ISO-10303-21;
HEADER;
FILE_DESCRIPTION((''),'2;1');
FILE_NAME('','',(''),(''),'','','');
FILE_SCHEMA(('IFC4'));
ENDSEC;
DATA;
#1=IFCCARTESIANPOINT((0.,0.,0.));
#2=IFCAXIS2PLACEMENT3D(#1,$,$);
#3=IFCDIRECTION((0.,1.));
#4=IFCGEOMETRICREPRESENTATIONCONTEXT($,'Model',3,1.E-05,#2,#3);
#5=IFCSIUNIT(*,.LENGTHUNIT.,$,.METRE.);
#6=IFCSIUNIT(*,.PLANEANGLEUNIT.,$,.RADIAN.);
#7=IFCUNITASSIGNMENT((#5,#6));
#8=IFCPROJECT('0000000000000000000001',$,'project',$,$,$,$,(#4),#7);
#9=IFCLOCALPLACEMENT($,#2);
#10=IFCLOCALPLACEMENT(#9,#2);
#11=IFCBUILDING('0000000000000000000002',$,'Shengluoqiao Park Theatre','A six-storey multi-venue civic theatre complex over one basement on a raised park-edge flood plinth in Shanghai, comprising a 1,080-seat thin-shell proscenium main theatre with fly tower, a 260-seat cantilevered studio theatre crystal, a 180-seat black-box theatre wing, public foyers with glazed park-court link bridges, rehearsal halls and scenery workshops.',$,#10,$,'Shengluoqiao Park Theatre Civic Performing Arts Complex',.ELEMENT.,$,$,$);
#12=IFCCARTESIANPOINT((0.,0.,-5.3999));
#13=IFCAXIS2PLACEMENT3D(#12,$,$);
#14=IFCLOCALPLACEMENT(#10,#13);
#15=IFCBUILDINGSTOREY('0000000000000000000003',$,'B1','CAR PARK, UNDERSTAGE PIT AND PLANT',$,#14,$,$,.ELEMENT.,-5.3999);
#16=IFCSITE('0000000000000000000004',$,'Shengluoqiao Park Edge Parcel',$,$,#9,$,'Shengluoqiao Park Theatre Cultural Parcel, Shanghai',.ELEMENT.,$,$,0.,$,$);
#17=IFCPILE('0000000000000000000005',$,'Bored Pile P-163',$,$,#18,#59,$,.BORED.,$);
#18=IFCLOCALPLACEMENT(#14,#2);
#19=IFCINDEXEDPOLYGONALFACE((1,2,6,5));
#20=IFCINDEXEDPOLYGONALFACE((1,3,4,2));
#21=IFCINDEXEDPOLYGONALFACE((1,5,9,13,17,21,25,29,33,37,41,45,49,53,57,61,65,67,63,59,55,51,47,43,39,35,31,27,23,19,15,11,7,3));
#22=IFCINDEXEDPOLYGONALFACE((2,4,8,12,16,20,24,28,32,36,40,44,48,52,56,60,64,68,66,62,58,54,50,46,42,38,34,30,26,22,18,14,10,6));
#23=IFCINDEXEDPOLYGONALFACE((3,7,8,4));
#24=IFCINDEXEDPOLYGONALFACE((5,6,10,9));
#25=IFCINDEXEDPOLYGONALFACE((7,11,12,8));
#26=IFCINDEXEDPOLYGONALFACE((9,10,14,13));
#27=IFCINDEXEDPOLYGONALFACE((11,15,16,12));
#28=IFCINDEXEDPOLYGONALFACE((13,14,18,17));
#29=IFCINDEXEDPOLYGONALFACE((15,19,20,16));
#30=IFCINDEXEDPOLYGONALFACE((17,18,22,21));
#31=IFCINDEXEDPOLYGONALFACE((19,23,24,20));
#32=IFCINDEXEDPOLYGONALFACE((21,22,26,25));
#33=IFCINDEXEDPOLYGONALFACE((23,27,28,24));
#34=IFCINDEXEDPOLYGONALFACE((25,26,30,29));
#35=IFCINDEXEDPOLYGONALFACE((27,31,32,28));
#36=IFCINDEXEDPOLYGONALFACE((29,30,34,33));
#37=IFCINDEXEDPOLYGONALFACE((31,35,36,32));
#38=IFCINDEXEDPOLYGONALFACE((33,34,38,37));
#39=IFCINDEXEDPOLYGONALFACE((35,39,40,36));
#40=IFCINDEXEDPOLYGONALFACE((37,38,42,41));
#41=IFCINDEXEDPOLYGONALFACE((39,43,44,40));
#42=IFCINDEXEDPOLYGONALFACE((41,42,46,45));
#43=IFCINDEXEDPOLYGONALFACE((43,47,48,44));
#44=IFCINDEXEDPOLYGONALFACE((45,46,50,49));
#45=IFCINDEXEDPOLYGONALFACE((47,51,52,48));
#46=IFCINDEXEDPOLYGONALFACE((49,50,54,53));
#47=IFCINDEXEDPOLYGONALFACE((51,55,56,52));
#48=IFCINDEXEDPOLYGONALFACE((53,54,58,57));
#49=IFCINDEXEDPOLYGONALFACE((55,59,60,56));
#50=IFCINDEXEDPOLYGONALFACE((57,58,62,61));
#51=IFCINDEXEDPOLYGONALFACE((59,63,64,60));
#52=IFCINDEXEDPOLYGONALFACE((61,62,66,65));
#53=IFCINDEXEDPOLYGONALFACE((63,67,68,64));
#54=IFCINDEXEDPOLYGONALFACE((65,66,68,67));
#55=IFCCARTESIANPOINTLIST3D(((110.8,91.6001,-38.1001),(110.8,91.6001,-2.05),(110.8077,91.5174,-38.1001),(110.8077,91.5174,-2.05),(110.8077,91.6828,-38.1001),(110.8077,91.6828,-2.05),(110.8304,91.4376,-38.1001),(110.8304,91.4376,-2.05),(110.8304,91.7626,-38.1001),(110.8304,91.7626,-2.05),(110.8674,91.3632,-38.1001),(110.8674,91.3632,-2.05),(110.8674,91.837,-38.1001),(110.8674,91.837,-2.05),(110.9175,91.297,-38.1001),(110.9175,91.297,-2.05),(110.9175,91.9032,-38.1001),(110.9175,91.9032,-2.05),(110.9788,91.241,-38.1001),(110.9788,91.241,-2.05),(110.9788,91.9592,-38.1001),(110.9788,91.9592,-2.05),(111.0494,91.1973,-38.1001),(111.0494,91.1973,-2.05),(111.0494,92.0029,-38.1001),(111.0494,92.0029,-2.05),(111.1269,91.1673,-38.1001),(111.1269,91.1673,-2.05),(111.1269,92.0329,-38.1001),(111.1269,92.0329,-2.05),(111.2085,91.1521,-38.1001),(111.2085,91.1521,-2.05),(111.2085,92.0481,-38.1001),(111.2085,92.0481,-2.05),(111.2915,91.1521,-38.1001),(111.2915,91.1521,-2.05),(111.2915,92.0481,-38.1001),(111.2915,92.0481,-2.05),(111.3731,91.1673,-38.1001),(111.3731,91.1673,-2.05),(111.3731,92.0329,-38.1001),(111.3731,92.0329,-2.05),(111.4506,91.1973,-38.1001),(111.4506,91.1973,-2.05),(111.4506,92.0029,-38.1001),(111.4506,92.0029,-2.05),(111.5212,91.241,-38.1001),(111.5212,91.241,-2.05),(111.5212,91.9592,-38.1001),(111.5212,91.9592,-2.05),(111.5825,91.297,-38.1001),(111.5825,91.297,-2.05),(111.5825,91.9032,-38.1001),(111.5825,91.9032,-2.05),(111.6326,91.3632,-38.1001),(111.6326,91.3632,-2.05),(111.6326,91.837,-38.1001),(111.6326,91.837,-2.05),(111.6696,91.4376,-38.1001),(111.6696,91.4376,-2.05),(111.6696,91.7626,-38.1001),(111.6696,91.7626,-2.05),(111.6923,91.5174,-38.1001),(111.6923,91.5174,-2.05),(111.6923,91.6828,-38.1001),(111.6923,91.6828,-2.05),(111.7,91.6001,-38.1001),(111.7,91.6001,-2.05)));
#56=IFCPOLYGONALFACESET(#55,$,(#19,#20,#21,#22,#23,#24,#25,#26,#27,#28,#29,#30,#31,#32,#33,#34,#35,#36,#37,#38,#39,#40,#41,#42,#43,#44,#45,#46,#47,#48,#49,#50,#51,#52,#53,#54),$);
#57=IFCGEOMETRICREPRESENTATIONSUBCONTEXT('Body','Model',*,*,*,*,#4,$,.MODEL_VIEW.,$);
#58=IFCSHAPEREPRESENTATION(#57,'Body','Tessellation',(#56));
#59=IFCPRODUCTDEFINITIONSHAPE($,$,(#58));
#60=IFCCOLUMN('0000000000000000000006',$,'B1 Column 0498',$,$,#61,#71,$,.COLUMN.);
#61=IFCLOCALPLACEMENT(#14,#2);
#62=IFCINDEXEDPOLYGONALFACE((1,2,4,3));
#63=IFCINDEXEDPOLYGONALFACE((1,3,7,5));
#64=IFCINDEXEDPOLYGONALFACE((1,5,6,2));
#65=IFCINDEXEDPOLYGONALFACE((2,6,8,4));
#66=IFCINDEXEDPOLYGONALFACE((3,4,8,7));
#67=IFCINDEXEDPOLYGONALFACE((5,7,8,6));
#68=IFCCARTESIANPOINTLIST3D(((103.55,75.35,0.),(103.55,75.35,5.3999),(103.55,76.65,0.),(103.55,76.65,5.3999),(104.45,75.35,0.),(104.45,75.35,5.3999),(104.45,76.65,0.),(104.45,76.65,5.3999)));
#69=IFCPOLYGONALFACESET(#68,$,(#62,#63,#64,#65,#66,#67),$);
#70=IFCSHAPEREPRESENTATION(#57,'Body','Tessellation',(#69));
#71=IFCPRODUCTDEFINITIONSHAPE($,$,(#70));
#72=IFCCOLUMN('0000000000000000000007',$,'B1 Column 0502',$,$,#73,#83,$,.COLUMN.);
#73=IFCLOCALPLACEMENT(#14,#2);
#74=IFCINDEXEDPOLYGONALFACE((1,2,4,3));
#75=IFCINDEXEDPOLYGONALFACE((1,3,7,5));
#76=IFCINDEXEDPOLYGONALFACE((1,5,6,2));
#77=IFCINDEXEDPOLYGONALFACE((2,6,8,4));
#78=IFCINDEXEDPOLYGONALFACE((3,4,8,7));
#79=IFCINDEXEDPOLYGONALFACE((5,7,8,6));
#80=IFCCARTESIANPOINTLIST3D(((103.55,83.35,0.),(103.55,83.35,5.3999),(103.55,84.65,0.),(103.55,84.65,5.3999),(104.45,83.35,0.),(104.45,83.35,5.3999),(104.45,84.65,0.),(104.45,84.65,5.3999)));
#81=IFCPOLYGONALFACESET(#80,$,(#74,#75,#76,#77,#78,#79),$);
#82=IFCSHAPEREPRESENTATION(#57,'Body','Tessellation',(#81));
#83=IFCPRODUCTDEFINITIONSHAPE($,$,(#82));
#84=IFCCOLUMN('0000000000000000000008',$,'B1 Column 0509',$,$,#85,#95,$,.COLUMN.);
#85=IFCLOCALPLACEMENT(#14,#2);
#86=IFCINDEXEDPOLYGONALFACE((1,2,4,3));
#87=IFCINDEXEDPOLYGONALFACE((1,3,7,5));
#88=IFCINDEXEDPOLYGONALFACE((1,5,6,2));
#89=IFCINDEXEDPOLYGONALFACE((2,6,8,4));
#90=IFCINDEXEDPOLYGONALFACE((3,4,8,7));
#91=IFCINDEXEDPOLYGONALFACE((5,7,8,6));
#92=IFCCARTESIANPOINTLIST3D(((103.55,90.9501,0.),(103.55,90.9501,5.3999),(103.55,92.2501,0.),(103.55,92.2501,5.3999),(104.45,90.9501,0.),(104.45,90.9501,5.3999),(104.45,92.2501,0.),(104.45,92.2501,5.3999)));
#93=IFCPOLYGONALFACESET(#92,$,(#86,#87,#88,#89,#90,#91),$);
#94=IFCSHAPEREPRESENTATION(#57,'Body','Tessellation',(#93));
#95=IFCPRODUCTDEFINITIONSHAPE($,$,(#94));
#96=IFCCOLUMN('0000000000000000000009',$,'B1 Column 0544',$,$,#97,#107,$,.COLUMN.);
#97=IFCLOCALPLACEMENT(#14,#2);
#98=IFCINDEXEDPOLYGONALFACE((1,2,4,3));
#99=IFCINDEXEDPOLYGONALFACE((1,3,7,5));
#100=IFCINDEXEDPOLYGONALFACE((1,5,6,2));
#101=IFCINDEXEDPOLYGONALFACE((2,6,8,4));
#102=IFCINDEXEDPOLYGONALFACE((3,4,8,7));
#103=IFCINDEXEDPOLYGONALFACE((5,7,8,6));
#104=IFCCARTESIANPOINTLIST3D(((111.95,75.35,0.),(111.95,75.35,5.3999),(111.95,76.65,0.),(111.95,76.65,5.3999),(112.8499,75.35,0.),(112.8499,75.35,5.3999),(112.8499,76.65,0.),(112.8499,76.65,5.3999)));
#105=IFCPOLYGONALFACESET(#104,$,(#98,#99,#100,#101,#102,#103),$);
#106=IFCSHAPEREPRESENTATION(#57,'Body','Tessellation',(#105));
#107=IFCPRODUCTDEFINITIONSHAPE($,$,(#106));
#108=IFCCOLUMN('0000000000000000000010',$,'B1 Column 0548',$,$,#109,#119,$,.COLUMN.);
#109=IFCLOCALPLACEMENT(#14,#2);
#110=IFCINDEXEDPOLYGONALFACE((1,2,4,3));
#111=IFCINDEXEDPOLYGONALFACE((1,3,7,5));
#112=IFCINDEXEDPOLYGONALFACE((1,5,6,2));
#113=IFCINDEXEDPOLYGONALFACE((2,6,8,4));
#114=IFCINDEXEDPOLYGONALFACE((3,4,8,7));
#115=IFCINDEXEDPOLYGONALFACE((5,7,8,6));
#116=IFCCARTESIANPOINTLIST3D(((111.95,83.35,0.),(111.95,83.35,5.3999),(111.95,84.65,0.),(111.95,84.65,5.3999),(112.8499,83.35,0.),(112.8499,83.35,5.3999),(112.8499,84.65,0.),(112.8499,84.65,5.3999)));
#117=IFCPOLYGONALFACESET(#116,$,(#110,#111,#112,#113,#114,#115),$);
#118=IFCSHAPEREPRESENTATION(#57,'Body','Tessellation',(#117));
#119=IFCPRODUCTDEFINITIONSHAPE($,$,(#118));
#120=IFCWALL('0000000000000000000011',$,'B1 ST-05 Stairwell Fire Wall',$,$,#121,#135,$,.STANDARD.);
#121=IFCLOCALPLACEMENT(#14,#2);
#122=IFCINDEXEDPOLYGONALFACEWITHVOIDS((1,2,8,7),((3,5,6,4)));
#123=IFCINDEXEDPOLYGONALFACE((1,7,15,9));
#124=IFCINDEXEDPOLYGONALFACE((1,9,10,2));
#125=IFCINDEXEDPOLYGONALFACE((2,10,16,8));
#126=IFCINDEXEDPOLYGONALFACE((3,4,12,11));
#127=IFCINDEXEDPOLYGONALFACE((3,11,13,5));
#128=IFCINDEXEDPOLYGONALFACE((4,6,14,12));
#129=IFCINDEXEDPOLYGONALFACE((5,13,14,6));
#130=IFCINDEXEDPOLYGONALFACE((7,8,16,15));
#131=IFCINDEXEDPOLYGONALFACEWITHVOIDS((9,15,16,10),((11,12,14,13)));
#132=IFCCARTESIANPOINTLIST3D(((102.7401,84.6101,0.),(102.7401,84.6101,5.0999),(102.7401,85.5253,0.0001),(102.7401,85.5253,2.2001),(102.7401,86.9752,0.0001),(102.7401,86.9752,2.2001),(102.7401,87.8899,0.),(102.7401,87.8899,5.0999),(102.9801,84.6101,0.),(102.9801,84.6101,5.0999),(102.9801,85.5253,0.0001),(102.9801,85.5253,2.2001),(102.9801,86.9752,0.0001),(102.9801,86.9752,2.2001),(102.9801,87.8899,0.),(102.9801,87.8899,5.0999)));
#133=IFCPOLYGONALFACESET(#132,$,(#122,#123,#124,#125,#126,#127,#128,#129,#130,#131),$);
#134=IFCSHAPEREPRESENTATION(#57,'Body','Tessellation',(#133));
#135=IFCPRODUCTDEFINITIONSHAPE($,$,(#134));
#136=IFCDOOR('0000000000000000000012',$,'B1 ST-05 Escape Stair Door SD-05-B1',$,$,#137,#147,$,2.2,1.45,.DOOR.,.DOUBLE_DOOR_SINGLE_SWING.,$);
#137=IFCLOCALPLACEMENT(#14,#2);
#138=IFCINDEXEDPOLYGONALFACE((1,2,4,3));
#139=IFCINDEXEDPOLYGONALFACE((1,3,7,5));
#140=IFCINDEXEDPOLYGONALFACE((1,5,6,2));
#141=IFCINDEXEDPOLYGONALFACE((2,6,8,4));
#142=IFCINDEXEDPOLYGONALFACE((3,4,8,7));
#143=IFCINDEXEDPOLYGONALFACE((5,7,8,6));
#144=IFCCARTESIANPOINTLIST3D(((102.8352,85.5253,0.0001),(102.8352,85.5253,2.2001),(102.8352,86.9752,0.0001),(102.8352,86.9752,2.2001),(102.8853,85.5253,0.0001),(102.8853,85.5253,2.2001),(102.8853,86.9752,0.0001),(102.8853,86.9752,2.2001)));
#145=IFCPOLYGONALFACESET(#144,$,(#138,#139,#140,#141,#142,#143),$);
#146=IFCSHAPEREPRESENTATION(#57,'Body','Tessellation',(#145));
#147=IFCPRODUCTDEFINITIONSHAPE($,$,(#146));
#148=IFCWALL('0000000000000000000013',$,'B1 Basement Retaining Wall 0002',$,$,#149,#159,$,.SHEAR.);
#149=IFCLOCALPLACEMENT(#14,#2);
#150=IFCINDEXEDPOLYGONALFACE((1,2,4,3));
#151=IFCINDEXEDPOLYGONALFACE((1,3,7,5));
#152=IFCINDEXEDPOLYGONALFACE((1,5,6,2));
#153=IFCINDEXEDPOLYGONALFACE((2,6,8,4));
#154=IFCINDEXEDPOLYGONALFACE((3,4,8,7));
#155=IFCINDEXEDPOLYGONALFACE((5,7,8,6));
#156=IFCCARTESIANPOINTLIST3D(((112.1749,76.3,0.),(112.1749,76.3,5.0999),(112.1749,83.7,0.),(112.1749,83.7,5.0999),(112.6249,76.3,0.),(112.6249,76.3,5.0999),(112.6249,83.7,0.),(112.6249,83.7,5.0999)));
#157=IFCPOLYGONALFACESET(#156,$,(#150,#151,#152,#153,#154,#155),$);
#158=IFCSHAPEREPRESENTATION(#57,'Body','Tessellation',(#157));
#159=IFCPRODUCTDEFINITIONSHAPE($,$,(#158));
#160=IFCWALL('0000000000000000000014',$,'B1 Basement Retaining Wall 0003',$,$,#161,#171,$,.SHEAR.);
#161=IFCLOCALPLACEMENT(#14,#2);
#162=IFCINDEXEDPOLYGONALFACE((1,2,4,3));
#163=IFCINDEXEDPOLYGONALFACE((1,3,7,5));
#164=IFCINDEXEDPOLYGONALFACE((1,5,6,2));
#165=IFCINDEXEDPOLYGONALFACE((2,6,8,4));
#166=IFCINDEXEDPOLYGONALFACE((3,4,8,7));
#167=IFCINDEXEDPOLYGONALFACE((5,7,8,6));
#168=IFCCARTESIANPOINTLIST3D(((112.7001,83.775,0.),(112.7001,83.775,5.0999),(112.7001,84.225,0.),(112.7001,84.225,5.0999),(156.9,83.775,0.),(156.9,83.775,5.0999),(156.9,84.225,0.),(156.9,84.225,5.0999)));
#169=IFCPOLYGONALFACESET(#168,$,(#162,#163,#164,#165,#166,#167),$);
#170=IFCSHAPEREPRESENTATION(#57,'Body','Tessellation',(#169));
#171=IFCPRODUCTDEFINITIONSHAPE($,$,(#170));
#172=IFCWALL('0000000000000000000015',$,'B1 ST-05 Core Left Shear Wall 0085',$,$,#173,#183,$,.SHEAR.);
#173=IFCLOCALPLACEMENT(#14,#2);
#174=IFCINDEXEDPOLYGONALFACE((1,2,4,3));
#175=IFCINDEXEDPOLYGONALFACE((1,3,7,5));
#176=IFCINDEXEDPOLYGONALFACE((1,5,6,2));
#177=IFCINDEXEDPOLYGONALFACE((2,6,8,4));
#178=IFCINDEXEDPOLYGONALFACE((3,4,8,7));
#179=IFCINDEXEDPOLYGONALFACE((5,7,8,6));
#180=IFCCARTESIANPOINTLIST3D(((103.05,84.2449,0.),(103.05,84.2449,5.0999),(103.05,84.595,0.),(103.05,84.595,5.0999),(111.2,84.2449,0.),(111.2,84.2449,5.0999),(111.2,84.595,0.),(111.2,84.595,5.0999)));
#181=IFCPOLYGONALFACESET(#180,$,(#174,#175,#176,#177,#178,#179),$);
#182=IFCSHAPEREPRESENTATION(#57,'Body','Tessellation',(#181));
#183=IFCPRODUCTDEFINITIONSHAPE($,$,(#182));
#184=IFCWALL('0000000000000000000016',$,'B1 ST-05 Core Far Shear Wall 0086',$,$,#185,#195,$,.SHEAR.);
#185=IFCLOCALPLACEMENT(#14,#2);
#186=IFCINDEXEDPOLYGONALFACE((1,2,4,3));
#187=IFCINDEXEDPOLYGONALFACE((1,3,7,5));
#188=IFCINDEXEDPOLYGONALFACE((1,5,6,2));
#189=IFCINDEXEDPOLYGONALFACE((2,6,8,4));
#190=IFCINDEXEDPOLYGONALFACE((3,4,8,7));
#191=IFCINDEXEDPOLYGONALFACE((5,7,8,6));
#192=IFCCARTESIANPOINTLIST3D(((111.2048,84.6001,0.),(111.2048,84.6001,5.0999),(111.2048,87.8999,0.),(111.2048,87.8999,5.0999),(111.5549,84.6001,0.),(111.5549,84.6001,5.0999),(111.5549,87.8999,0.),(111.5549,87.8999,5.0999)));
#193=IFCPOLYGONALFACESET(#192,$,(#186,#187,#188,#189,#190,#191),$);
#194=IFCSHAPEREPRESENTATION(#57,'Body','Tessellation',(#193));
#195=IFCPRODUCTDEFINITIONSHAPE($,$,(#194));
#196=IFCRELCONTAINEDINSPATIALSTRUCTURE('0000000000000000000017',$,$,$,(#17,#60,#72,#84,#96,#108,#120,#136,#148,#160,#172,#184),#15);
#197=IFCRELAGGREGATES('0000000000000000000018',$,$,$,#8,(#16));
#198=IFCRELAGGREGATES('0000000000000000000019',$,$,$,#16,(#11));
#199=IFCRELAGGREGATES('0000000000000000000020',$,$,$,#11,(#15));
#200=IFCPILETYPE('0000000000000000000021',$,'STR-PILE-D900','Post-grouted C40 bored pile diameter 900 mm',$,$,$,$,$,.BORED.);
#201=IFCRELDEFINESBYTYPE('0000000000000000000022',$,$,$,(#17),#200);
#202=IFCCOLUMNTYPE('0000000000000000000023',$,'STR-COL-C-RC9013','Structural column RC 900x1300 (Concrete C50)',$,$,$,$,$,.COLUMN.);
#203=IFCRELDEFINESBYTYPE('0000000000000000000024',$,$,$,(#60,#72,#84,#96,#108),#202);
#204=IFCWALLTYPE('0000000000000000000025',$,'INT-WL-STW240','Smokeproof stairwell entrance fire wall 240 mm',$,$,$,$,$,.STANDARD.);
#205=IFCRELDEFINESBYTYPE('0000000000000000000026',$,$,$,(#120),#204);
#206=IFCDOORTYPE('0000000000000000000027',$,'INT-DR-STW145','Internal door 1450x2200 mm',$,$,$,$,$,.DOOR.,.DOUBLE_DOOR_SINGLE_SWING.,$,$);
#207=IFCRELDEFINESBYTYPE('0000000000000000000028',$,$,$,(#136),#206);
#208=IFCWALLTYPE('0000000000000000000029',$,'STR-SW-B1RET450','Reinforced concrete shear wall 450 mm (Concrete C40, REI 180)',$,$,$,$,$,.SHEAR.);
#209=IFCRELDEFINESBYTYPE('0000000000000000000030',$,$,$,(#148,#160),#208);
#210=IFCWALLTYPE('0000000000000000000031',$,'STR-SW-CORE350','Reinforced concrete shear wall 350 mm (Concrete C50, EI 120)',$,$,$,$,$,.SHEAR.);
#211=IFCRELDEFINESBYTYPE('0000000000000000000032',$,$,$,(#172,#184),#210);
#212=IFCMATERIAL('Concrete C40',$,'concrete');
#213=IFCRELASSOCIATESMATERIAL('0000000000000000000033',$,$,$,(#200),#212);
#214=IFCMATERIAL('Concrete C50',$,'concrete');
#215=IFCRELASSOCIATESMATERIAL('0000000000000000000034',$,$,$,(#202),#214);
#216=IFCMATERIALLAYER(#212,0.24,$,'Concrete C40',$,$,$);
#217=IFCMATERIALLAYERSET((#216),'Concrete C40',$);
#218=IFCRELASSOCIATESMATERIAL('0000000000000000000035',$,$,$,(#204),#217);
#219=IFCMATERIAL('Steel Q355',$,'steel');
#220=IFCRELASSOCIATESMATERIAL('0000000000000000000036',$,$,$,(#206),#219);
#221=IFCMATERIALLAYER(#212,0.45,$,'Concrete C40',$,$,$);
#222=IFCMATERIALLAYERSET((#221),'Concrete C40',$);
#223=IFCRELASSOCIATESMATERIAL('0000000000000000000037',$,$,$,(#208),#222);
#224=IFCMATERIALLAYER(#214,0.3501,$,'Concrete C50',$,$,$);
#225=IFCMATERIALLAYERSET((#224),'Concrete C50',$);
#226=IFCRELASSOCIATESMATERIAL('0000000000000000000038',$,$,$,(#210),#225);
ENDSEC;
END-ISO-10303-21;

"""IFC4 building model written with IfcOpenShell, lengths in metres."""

from ifc_helpers import new_model, si_unit, direction, frame, frame_2d, origin, origin_2d, place, context, subcontext, project, spatial, rectangle, circle, extrude, material, layer, layer_set, material_profile, profile_set, type_object, element, fill, save


model = new_model("IFC4")

# Units and contexts
model_context = context("Model", 3, precision=1e-05, world=origin(), true_north=direction((0.0, 1.0)))
body_context = subcontext(model_context, "Body", "Model", "MODEL_VIEW")
ifc_project = project(units=[si_unit("LENGTHUNIT", "METRE"), si_unit("PLANEANGLEUNIT", "RADIAN")], contexts=[model_context])

# Site, building, storey
site_placement = place(None, origin())
site = spatial("IfcSite", under=ifc_project, at=site_placement, Name="Shengluoqiao Park Edge Parcel", LongName="Shengluoqiao Park Theatre Cultural Parcel, Shanghai", CompositionType="ELEMENT", RefElevation=0.0)
building_placement = place(site_placement, origin())
building = spatial("IfcBuilding", under=site, at=building_placement, Name="Shengluoqiao Park Theatre", Description="A six-storey multi-venue civic theatre complex over one basement on a raised park-edge flood plinth in Shanghai, comprising a 1,080-seat thin-shell proscenium main theatre with fly tower, a 260-seat cantilevered studio theatre crystal, a 180-seat black-box theatre wing, public foyers with glazed park-court link bridges, rehearsal halls and scenery workshops.", LongName="Shengluoqiao Park Theatre Civic Performing Arts Complex", CompositionType="ELEMENT")
storey_placement = place(building_placement, frame((0.0, 0.0, -5.3999)))
storey = spatial("IfcBuildingStorey", under=building, at=storey_placement, Name="B1", Description="CAR PARK, UNDERSTAGE PIT AND PLANT", CompositionType="ELEMENT", Elevation=-5.3999)

# Shared definitions
ifc_material_1 = material(Name="Concrete C40", Category="concrete")

# Pile
ifc_material_profile_1 = material_profile(ifc_material_1, circle(Radius=0.45, at=origin_2d()), Name="BORED PILE D900")
ifc_profile_set_1 = profile_set([ifc_material_profile_1], Name="Concrete C40")
pile_type_1 = type_object("IfcPileType", Name="STR-PILE-D900", Description="Post-grouted C40 bored pile diameter 900 mm", PredefinedType="BORED", material=ifc_profile_set_1)
pile_placement = place(storey_placement, frame((111.25, 91.6001, -2.05), z_axis=(0.0, 0.0, -1.0), x_axis=(1.0, 0.0, 0.0)))
element("IfcPile", 1, at=pile_placement, inside=storey, type_object=pile_type_1, Name="Bored Pile P-163", PredefinedType="BORED", context=body_context, shape_type="SweptSolid", body=[
    extrude(circle(Radius=0.45, at=origin_2d()), origin(), (0.0, 0.0, 1.0), 36.05),
])

# Columns
ifc_material_2 = material(Name="Concrete C50", Category="concrete")
ifc_material_profile_2 = material_profile(ifc_material_2, rectangle(XDim=0.8999, YDim=1.3, at=origin_2d()), Name="RC 900x1300")
ifc_profile_set_2 = profile_set([ifc_material_profile_2], Name="Concrete C50")
column_type = type_object("IfcColumnType", Name="STR-COL-C-RC9013", Description="Structural column RC 900x1300 (Concrete C50)", PredefinedType="COLUMN", material=ifc_profile_set_2)
for number, where, z_axis, x_axis, name in (
    (2, (104.0, 76.0, 0.0), (0.0, 0.0, 1.0), (1.0, 0.0, 0.0), "B1 Column 0498"),
    (3, (104.0, 84.0, 0.0), (0.0, 0.0, 1.0), (1.0, 0.0, 0.0), "B1 Column 0502"),
    (4, (104.0, 91.6001, 0.0), (0.0, 0.0, 1.0), (1.0, 0.0, 0.0), "B1 Column 0509"),
    (5, (112.3999, 76.0, 0.0), (0.0, 0.0, 1.0), (1.0, 0.0, 0.0), "B1 Column 0544"),
    (6, (112.3999, 84.0, 0.0), (0.0, 0.0, 1.0), (1.0, 0.0, 0.0), "B1 Column 0548"),
):
    element("IfcColumn", number, at=place(storey_placement, frame(where, z_axis=z_axis, x_axis=x_axis)), inside=storey, type_object=column_type, Name=name, PredefinedType="COLUMN", context=body_context, shape_type="SweptSolid", body=[
        extrude(rectangle(XDim=0.8999, YDim=1.3, at=origin_2d()), origin(), (0.0, 0.0, 1.0), 5.3999),
    ])

# Wall, opening, door
ifc_layer_1 = layer(ifc_material_1, 0.24, Name="Concrete C40")
ifc_layer_set_1 = layer_set([ifc_layer_1], Name="Concrete C40")
wall_type_1 = type_object("IfcWallType", Name="INT-WL-STW240", Description="Smokeproof stairwell entrance fire wall 240 mm", PredefinedType="STANDARD", material=ifc_layer_set_1)
wall_1_placement = place(storey_placement, frame((102.8601, 84.6101, 0.0), z_axis=(0.0, 0.0, 1.0), x_axis=(0.0, 1.0, 0.0)))
wall_1 = element("IfcWall", 7, at=wall_1_placement, inside=storey, type_object=wall_type_1, Name="B1 ST-05 Stairwell Fire Wall", PredefinedType="STANDARD", context=body_context, shape_type="SweptSolid", body=[
    extrude(rectangle(XDim=3.2798, YDim=0.24, at=frame_2d((1.6399, 0.0))), origin(), (0.0, 0.0, 1.0), 5.0999),
])
opening_placement = place(wall_1_placement, frame((0.915, 0.0, 0.0)))
opening = element("IfcOpeningElement", 8, at=opening_placement, cuts=wall_1, PredefinedType="OPENING", context=body_context, shape_type="SweptSolid", body=[
    extrude(rectangle(XDim=1.45, YDim=2.2, at=frame_2d((0.7251, 1.1001))), frame((0.0, 0.1299, 0.0), z_axis=(0.0, -1.0, 0.0), x_axis=(1.0, 0.0, 0.0)), (0.0, 0.0, 1.0), 0.26),
])
ifc_material_3 = material(Name="Steel Q355", Category="steel")
door_type = type_object("IfcDoorType", Name="INT-DR-STW145", Description="Internal door 1450x2200 mm", OperationType="DOUBLE_DOOR_SINGLE_SWING", PredefinedType="DOOR", material=ifc_material_3)
door_placement = place(opening_placement, origin())
door = element("IfcDoor", 9, at=door_placement, inside=storey, type_object=door_type, Name="B1 ST-05 Escape Stair Door SD-05-B1", OperationType="DOUBLE_DOOR_SINGLE_SWING", OverallHeight=2.2, OverallWidth=1.45, PredefinedType="DOOR", context=body_context, shape_type="SweptSolid", body=[
    extrude(rectangle(XDim=1.45, YDim=2.2, at=frame_2d((0.7251, 1.1001))), frame((0.0, 0.0249, 0.0), z_axis=(0.0, -1.0, 0.0), x_axis=(1.0, 0.0, 0.0)), (0.0, 0.0, 1.0), 0.05),
])
fill(opening, door)

# Walls
ifc_layer_2 = layer(ifc_material_1, 0.45, Name="Concrete C40")
ifc_layer_set_2 = layer_set([ifc_layer_2], Name="Concrete C40")
wall_type_2 = type_object("IfcWallType", Name="STR-SW-B1RET450", Description="Reinforced concrete shear wall 450 mm (Concrete C40, REI 180)", PredefinedType="SHEAR", material=ifc_layer_set_2)
wall_2_placement = place(storey_placement, frame((112.3999, 76.3, 0.0), z_axis=(0.0, 0.0, 1.0), x_axis=(0.0, 1.0, 0.0)))
element("IfcWall", 10, at=wall_2_placement, inside=storey, type_object=wall_type_2, Name="B1 Basement Retaining Wall 0002", PredefinedType="SHEAR", context=body_context, shape_type="SweptSolid", body=[
    extrude(rectangle(XDim=7.3999, YDim=0.45, at=frame_2d((3.7, 0.0))), origin(), (0.0, 0.0, 1.0), 5.0999),
])
wall_3_placement = place(storey_placement, frame((112.7, 84.0, 0.0), z_axis=(0.0, 0.0, 1.0), x_axis=(1.0, 0.0, 0.0)))
element("IfcWall", 11, at=wall_3_placement, inside=storey, type_object=wall_type_2, Name="B1 Basement Retaining Wall 0003", PredefinedType="SHEAR", context=body_context, shape_type="SweptSolid", body=[
    extrude(rectangle(XDim=44.2, YDim=0.45, at=frame_2d((22.1001, 0.0))), origin(), (0.0, 0.0, 1.0), 5.0999),
])
ifc_layer_3 = layer(ifc_material_2, 0.3501, Name="Concrete C50")
ifc_layer_set_3 = layer_set([ifc_layer_3], Name="Concrete C50")
wall_type_3 = type_object("IfcWallType", Name="STR-SW-CORE350", Description="Reinforced concrete shear wall 350 mm (Concrete C50, EI 120)", PredefinedType="SHEAR", material=ifc_layer_set_3)
wall_4_placement = place(storey_placement, frame((103.05, 84.4199, 0.0), z_axis=(0.0, 0.0, 1.0), x_axis=(1.0, 0.0, 0.0)))
element("IfcWall", 12, at=wall_4_placement, inside=storey, type_object=wall_type_3, Name="B1 ST-05 Core Left Shear Wall 0085", PredefinedType="SHEAR", context=body_context, shape_type="SweptSolid", body=[
    extrude(rectangle(XDim=8.1499, YDim=0.3501, at=frame_2d((4.075, 0.0))), origin(), (0.0, 0.0, 1.0), 5.0999),
])
wall_5_placement = place(storey_placement, frame((111.3799, 84.6001, 0.0), z_axis=(0.0, 0.0, 1.0), x_axis=(0.0, 1.0, 0.0)))
element("IfcWall", 13, at=wall_5_placement, inside=storey, type_object=wall_type_3, Name="B1 ST-05 Core Far Shear Wall 0086", PredefinedType="SHEAR", context=body_context, shape_type="SweptSolid", body=[
    extrude(rectangle(XDim=3.2998, YDim=0.3501, at=frame_2d((1.6499, 0.0))), origin(), (0.0, 0.0, 1.0), 5.0999),
])

save(model, "model.ifc")
